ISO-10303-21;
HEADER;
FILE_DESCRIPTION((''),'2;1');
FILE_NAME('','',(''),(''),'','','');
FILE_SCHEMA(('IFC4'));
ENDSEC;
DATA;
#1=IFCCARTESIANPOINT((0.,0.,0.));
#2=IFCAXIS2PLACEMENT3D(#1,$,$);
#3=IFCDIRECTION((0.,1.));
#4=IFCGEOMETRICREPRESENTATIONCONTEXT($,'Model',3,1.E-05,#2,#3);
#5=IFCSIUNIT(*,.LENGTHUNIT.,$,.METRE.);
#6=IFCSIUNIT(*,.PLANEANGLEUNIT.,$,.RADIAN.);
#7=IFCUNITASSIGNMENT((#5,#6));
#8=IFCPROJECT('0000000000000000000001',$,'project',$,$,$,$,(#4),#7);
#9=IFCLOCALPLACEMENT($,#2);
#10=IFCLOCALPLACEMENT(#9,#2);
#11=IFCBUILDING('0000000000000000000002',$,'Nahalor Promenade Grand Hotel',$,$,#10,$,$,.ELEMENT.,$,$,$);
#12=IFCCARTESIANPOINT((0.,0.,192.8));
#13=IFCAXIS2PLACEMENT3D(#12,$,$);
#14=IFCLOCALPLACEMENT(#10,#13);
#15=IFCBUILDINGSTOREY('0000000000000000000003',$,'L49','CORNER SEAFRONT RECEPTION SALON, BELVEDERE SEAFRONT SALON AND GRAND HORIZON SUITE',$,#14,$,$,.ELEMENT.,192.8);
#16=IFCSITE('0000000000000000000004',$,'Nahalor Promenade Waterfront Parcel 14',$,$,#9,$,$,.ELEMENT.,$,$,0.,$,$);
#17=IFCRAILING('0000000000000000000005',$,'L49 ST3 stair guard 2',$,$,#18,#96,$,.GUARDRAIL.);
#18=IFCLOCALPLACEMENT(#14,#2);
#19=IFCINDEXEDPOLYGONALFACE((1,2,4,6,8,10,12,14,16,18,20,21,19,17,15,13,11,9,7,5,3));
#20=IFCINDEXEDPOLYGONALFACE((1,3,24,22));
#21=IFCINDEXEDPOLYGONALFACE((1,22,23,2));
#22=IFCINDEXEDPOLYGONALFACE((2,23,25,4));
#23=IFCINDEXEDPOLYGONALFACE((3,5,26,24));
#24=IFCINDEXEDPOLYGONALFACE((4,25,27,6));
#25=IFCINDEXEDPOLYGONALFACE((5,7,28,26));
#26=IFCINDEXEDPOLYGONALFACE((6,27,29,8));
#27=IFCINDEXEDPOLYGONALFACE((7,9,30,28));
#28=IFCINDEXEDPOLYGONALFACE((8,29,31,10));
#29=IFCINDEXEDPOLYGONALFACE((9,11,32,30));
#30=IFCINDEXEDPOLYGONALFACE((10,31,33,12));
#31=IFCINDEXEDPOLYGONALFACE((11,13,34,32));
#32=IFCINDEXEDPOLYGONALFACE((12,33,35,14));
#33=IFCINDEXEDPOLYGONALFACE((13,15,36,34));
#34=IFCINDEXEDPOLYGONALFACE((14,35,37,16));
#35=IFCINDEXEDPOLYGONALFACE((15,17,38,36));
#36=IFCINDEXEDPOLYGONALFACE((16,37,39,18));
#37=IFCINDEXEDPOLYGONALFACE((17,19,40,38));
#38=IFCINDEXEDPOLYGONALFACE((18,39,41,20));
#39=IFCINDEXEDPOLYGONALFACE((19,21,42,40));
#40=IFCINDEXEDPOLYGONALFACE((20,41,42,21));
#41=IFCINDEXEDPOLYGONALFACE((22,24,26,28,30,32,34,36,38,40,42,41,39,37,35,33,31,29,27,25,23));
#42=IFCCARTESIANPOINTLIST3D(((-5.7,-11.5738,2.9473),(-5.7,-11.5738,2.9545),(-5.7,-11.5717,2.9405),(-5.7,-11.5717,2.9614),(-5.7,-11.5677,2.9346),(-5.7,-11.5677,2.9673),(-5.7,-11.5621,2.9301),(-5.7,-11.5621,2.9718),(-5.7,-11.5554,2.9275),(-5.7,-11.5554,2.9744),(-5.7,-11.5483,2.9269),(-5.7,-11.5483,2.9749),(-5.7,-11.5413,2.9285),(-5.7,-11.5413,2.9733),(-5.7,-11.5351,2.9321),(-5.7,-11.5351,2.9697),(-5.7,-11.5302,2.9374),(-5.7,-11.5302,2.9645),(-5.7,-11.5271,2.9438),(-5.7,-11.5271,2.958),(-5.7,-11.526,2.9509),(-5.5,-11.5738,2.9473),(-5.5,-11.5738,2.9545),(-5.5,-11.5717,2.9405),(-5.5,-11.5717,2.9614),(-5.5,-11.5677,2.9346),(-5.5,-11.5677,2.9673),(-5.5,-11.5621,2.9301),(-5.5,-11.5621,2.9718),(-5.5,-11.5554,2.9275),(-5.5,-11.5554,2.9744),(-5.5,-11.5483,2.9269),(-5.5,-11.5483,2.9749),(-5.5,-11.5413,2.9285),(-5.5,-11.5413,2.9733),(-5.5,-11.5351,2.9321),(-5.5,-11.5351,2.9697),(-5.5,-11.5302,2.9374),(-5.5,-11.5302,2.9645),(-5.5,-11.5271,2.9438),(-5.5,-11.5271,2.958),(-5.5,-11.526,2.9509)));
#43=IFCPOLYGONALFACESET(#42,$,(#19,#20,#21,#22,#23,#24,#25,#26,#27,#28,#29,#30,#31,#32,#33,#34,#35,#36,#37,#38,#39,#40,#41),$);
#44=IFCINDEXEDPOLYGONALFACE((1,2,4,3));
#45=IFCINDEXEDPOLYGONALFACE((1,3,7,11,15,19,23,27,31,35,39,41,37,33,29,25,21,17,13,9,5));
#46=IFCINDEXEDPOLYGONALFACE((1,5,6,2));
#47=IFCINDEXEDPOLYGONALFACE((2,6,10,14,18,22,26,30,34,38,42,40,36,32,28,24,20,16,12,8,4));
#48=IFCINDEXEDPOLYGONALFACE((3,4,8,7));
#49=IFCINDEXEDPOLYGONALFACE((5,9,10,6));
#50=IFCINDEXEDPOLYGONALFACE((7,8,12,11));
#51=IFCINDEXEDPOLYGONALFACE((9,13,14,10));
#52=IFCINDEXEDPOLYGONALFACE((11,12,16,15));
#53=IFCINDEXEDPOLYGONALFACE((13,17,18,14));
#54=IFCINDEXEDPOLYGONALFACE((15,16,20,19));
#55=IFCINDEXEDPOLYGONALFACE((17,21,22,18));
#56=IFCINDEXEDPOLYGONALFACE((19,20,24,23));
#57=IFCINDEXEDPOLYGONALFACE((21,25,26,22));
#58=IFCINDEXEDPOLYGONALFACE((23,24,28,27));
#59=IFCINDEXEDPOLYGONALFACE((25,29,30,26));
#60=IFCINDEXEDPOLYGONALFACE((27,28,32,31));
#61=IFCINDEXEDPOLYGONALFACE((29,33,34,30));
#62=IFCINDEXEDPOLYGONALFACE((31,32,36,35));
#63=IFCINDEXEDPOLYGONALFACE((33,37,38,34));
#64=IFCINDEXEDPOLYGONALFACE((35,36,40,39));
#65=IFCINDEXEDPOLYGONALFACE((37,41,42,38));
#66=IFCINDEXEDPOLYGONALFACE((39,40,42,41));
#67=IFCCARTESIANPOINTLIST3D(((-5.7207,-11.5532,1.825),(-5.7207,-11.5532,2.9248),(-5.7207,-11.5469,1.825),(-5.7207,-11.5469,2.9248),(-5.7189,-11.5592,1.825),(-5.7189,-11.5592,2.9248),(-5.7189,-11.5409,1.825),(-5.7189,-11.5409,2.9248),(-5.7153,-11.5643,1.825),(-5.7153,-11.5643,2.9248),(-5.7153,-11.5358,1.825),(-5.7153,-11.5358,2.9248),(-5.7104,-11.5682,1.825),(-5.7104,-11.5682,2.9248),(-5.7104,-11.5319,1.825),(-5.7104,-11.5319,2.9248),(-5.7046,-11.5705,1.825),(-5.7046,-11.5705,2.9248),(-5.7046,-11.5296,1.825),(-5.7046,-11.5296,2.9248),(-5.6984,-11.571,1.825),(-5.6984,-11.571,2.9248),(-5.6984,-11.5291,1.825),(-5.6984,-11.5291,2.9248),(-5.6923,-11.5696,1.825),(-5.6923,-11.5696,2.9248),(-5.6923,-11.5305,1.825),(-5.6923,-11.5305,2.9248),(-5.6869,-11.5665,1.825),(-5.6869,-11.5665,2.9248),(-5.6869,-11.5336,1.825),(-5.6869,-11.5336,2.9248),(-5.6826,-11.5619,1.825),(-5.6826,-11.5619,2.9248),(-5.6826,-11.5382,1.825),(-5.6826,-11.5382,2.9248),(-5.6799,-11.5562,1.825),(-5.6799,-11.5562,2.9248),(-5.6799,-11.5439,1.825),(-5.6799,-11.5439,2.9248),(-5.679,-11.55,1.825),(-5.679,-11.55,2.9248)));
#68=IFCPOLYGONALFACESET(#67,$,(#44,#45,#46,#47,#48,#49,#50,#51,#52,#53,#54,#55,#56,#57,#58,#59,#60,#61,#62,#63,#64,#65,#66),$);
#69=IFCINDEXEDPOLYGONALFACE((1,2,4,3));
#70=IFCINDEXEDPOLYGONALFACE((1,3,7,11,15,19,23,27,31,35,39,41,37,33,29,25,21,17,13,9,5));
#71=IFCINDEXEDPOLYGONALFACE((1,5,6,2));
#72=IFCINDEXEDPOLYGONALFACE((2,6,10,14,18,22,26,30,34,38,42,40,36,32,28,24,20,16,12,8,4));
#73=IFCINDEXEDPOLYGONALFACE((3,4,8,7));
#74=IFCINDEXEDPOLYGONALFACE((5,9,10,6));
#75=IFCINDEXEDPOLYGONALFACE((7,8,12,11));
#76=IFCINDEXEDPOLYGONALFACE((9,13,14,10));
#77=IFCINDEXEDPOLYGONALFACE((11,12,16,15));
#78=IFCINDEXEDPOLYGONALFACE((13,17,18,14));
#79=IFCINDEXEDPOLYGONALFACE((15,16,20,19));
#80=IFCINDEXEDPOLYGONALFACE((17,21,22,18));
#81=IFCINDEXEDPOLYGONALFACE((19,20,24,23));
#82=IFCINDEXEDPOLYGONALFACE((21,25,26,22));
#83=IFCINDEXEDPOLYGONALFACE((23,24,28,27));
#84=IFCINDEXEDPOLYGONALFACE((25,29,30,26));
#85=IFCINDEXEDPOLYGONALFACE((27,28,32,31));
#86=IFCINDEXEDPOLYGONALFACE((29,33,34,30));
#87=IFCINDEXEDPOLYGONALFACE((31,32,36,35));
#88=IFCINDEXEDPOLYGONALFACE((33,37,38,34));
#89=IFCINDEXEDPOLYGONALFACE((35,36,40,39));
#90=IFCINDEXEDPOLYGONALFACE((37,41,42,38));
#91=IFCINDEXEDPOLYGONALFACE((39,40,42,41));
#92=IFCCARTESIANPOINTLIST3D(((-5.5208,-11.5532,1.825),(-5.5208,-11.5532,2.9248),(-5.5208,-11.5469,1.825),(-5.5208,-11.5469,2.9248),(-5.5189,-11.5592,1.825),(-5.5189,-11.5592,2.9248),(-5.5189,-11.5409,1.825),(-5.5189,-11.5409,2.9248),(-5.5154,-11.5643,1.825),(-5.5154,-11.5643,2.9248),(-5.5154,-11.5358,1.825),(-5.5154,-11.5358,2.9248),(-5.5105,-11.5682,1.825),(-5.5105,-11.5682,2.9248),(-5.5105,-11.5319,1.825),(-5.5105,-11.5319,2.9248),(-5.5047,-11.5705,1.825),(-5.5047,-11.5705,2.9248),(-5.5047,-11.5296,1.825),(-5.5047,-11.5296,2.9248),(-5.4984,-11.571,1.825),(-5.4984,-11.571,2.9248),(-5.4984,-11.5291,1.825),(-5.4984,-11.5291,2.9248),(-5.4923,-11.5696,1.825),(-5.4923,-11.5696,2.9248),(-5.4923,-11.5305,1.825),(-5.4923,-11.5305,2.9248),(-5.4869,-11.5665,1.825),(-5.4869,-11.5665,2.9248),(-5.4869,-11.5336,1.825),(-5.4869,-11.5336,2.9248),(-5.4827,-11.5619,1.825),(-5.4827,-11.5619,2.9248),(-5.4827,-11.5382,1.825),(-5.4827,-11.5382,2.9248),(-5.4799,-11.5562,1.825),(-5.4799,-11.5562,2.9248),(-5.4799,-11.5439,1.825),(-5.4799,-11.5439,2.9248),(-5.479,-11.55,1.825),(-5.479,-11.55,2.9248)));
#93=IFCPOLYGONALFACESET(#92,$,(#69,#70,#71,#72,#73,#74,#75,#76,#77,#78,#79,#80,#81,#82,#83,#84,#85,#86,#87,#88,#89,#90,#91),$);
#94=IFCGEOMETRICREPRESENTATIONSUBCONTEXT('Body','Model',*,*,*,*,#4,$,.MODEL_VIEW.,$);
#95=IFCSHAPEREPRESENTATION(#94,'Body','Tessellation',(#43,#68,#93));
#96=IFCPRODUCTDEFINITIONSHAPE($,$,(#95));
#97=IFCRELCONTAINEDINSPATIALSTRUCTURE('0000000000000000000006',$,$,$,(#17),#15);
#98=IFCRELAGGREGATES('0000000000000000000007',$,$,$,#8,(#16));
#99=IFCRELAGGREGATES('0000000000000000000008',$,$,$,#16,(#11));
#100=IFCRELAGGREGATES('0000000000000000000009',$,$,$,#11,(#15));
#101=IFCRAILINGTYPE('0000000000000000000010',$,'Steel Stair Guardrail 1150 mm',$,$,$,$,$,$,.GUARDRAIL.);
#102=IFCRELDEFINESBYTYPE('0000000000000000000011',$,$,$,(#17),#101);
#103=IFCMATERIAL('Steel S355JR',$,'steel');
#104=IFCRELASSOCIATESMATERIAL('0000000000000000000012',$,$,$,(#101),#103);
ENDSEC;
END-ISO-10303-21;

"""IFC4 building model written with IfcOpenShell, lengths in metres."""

from ifc_helpers import new_model, si_unit, direction, frame, origin, origin_2d, place, context, subcontext, project, spatial, circle, extrude, material, type_object, element, save


model = new_model("IFC4")

# Units and contexts
model_context = context("Model", 3, precision=1e-05, world=origin(), true_north=direction((0.0, 1.0)))
body_context = subcontext(model_context, "Body", "Model", "MODEL_VIEW")
ifc_project = project(units=[si_unit("LENGTHUNIT", "METRE"), si_unit("PLANEANGLEUNIT", "RADIAN")], contexts=[model_context])

# Site, building, storey
site_placement = place(None, origin())
site = spatial("IfcSite", under=ifc_project, at=site_placement, Name="Nahalor Promenade Waterfront Parcel 14", CompositionType="ELEMENT", RefElevation=0.0)
building_placement = place(site_placement, origin())
building = spatial("IfcBuilding", under=site, at=building_placement, Name="Nahalor Promenade Grand Hotel", CompositionType="ELEMENT")
storey_placement = place(building_placement, frame((0.0, 0.0, 192.8)))
storey = spatial("IfcBuildingStorey", under=building, at=storey_placement, Name="L49", Description="CORNER SEAFRONT RECEPTION SALON, BELVEDERE SEAFRONT SALON AND GRAND HORIZON SUITE", CompositionType="ELEMENT", Elevation=192.8)

# Shared definitions
ifc_material_1 = material(Name="Steel S355JR", Category="steel")

# Railing
railing_type_1 = type_object("IfcRailingType", Name="Steel Stair Guardrail 1150 mm", PredefinedType="GUARDRAIL", material=ifc_material_1)
railing_1_placement = place(storey_placement, frame((-5.7, -11.55, 1.825)))
element("IfcRailing", 1, at=railing_1_placement, inside=storey, type_object=railing_type_1, Name="L49 ST3 stair guard 2", PredefinedType="GUARDRAIL", context=body_context, shape_type="SweptSolid", body=[
    extrude(circle(Radius=0.024, at=origin_2d()), frame((0.0, 0.0, 1.126), z_axis=(1.0, 0.0, 0.0), x_axis=(0.0, 1.0, 0.0)), (0.0, 0.0, 1.0), 0.2),
    extrude(circle(Radius=0.021, at=origin_2d()), origin(), (0.0, 0.0, 1.0), 1.0999),
    extrude(circle(Radius=0.021, at=origin_2d()), frame((0.2, 0.0, 0.0)), (0.0, 0.0, 1.0), 1.0999),
])

save(model, "model.ifc")
